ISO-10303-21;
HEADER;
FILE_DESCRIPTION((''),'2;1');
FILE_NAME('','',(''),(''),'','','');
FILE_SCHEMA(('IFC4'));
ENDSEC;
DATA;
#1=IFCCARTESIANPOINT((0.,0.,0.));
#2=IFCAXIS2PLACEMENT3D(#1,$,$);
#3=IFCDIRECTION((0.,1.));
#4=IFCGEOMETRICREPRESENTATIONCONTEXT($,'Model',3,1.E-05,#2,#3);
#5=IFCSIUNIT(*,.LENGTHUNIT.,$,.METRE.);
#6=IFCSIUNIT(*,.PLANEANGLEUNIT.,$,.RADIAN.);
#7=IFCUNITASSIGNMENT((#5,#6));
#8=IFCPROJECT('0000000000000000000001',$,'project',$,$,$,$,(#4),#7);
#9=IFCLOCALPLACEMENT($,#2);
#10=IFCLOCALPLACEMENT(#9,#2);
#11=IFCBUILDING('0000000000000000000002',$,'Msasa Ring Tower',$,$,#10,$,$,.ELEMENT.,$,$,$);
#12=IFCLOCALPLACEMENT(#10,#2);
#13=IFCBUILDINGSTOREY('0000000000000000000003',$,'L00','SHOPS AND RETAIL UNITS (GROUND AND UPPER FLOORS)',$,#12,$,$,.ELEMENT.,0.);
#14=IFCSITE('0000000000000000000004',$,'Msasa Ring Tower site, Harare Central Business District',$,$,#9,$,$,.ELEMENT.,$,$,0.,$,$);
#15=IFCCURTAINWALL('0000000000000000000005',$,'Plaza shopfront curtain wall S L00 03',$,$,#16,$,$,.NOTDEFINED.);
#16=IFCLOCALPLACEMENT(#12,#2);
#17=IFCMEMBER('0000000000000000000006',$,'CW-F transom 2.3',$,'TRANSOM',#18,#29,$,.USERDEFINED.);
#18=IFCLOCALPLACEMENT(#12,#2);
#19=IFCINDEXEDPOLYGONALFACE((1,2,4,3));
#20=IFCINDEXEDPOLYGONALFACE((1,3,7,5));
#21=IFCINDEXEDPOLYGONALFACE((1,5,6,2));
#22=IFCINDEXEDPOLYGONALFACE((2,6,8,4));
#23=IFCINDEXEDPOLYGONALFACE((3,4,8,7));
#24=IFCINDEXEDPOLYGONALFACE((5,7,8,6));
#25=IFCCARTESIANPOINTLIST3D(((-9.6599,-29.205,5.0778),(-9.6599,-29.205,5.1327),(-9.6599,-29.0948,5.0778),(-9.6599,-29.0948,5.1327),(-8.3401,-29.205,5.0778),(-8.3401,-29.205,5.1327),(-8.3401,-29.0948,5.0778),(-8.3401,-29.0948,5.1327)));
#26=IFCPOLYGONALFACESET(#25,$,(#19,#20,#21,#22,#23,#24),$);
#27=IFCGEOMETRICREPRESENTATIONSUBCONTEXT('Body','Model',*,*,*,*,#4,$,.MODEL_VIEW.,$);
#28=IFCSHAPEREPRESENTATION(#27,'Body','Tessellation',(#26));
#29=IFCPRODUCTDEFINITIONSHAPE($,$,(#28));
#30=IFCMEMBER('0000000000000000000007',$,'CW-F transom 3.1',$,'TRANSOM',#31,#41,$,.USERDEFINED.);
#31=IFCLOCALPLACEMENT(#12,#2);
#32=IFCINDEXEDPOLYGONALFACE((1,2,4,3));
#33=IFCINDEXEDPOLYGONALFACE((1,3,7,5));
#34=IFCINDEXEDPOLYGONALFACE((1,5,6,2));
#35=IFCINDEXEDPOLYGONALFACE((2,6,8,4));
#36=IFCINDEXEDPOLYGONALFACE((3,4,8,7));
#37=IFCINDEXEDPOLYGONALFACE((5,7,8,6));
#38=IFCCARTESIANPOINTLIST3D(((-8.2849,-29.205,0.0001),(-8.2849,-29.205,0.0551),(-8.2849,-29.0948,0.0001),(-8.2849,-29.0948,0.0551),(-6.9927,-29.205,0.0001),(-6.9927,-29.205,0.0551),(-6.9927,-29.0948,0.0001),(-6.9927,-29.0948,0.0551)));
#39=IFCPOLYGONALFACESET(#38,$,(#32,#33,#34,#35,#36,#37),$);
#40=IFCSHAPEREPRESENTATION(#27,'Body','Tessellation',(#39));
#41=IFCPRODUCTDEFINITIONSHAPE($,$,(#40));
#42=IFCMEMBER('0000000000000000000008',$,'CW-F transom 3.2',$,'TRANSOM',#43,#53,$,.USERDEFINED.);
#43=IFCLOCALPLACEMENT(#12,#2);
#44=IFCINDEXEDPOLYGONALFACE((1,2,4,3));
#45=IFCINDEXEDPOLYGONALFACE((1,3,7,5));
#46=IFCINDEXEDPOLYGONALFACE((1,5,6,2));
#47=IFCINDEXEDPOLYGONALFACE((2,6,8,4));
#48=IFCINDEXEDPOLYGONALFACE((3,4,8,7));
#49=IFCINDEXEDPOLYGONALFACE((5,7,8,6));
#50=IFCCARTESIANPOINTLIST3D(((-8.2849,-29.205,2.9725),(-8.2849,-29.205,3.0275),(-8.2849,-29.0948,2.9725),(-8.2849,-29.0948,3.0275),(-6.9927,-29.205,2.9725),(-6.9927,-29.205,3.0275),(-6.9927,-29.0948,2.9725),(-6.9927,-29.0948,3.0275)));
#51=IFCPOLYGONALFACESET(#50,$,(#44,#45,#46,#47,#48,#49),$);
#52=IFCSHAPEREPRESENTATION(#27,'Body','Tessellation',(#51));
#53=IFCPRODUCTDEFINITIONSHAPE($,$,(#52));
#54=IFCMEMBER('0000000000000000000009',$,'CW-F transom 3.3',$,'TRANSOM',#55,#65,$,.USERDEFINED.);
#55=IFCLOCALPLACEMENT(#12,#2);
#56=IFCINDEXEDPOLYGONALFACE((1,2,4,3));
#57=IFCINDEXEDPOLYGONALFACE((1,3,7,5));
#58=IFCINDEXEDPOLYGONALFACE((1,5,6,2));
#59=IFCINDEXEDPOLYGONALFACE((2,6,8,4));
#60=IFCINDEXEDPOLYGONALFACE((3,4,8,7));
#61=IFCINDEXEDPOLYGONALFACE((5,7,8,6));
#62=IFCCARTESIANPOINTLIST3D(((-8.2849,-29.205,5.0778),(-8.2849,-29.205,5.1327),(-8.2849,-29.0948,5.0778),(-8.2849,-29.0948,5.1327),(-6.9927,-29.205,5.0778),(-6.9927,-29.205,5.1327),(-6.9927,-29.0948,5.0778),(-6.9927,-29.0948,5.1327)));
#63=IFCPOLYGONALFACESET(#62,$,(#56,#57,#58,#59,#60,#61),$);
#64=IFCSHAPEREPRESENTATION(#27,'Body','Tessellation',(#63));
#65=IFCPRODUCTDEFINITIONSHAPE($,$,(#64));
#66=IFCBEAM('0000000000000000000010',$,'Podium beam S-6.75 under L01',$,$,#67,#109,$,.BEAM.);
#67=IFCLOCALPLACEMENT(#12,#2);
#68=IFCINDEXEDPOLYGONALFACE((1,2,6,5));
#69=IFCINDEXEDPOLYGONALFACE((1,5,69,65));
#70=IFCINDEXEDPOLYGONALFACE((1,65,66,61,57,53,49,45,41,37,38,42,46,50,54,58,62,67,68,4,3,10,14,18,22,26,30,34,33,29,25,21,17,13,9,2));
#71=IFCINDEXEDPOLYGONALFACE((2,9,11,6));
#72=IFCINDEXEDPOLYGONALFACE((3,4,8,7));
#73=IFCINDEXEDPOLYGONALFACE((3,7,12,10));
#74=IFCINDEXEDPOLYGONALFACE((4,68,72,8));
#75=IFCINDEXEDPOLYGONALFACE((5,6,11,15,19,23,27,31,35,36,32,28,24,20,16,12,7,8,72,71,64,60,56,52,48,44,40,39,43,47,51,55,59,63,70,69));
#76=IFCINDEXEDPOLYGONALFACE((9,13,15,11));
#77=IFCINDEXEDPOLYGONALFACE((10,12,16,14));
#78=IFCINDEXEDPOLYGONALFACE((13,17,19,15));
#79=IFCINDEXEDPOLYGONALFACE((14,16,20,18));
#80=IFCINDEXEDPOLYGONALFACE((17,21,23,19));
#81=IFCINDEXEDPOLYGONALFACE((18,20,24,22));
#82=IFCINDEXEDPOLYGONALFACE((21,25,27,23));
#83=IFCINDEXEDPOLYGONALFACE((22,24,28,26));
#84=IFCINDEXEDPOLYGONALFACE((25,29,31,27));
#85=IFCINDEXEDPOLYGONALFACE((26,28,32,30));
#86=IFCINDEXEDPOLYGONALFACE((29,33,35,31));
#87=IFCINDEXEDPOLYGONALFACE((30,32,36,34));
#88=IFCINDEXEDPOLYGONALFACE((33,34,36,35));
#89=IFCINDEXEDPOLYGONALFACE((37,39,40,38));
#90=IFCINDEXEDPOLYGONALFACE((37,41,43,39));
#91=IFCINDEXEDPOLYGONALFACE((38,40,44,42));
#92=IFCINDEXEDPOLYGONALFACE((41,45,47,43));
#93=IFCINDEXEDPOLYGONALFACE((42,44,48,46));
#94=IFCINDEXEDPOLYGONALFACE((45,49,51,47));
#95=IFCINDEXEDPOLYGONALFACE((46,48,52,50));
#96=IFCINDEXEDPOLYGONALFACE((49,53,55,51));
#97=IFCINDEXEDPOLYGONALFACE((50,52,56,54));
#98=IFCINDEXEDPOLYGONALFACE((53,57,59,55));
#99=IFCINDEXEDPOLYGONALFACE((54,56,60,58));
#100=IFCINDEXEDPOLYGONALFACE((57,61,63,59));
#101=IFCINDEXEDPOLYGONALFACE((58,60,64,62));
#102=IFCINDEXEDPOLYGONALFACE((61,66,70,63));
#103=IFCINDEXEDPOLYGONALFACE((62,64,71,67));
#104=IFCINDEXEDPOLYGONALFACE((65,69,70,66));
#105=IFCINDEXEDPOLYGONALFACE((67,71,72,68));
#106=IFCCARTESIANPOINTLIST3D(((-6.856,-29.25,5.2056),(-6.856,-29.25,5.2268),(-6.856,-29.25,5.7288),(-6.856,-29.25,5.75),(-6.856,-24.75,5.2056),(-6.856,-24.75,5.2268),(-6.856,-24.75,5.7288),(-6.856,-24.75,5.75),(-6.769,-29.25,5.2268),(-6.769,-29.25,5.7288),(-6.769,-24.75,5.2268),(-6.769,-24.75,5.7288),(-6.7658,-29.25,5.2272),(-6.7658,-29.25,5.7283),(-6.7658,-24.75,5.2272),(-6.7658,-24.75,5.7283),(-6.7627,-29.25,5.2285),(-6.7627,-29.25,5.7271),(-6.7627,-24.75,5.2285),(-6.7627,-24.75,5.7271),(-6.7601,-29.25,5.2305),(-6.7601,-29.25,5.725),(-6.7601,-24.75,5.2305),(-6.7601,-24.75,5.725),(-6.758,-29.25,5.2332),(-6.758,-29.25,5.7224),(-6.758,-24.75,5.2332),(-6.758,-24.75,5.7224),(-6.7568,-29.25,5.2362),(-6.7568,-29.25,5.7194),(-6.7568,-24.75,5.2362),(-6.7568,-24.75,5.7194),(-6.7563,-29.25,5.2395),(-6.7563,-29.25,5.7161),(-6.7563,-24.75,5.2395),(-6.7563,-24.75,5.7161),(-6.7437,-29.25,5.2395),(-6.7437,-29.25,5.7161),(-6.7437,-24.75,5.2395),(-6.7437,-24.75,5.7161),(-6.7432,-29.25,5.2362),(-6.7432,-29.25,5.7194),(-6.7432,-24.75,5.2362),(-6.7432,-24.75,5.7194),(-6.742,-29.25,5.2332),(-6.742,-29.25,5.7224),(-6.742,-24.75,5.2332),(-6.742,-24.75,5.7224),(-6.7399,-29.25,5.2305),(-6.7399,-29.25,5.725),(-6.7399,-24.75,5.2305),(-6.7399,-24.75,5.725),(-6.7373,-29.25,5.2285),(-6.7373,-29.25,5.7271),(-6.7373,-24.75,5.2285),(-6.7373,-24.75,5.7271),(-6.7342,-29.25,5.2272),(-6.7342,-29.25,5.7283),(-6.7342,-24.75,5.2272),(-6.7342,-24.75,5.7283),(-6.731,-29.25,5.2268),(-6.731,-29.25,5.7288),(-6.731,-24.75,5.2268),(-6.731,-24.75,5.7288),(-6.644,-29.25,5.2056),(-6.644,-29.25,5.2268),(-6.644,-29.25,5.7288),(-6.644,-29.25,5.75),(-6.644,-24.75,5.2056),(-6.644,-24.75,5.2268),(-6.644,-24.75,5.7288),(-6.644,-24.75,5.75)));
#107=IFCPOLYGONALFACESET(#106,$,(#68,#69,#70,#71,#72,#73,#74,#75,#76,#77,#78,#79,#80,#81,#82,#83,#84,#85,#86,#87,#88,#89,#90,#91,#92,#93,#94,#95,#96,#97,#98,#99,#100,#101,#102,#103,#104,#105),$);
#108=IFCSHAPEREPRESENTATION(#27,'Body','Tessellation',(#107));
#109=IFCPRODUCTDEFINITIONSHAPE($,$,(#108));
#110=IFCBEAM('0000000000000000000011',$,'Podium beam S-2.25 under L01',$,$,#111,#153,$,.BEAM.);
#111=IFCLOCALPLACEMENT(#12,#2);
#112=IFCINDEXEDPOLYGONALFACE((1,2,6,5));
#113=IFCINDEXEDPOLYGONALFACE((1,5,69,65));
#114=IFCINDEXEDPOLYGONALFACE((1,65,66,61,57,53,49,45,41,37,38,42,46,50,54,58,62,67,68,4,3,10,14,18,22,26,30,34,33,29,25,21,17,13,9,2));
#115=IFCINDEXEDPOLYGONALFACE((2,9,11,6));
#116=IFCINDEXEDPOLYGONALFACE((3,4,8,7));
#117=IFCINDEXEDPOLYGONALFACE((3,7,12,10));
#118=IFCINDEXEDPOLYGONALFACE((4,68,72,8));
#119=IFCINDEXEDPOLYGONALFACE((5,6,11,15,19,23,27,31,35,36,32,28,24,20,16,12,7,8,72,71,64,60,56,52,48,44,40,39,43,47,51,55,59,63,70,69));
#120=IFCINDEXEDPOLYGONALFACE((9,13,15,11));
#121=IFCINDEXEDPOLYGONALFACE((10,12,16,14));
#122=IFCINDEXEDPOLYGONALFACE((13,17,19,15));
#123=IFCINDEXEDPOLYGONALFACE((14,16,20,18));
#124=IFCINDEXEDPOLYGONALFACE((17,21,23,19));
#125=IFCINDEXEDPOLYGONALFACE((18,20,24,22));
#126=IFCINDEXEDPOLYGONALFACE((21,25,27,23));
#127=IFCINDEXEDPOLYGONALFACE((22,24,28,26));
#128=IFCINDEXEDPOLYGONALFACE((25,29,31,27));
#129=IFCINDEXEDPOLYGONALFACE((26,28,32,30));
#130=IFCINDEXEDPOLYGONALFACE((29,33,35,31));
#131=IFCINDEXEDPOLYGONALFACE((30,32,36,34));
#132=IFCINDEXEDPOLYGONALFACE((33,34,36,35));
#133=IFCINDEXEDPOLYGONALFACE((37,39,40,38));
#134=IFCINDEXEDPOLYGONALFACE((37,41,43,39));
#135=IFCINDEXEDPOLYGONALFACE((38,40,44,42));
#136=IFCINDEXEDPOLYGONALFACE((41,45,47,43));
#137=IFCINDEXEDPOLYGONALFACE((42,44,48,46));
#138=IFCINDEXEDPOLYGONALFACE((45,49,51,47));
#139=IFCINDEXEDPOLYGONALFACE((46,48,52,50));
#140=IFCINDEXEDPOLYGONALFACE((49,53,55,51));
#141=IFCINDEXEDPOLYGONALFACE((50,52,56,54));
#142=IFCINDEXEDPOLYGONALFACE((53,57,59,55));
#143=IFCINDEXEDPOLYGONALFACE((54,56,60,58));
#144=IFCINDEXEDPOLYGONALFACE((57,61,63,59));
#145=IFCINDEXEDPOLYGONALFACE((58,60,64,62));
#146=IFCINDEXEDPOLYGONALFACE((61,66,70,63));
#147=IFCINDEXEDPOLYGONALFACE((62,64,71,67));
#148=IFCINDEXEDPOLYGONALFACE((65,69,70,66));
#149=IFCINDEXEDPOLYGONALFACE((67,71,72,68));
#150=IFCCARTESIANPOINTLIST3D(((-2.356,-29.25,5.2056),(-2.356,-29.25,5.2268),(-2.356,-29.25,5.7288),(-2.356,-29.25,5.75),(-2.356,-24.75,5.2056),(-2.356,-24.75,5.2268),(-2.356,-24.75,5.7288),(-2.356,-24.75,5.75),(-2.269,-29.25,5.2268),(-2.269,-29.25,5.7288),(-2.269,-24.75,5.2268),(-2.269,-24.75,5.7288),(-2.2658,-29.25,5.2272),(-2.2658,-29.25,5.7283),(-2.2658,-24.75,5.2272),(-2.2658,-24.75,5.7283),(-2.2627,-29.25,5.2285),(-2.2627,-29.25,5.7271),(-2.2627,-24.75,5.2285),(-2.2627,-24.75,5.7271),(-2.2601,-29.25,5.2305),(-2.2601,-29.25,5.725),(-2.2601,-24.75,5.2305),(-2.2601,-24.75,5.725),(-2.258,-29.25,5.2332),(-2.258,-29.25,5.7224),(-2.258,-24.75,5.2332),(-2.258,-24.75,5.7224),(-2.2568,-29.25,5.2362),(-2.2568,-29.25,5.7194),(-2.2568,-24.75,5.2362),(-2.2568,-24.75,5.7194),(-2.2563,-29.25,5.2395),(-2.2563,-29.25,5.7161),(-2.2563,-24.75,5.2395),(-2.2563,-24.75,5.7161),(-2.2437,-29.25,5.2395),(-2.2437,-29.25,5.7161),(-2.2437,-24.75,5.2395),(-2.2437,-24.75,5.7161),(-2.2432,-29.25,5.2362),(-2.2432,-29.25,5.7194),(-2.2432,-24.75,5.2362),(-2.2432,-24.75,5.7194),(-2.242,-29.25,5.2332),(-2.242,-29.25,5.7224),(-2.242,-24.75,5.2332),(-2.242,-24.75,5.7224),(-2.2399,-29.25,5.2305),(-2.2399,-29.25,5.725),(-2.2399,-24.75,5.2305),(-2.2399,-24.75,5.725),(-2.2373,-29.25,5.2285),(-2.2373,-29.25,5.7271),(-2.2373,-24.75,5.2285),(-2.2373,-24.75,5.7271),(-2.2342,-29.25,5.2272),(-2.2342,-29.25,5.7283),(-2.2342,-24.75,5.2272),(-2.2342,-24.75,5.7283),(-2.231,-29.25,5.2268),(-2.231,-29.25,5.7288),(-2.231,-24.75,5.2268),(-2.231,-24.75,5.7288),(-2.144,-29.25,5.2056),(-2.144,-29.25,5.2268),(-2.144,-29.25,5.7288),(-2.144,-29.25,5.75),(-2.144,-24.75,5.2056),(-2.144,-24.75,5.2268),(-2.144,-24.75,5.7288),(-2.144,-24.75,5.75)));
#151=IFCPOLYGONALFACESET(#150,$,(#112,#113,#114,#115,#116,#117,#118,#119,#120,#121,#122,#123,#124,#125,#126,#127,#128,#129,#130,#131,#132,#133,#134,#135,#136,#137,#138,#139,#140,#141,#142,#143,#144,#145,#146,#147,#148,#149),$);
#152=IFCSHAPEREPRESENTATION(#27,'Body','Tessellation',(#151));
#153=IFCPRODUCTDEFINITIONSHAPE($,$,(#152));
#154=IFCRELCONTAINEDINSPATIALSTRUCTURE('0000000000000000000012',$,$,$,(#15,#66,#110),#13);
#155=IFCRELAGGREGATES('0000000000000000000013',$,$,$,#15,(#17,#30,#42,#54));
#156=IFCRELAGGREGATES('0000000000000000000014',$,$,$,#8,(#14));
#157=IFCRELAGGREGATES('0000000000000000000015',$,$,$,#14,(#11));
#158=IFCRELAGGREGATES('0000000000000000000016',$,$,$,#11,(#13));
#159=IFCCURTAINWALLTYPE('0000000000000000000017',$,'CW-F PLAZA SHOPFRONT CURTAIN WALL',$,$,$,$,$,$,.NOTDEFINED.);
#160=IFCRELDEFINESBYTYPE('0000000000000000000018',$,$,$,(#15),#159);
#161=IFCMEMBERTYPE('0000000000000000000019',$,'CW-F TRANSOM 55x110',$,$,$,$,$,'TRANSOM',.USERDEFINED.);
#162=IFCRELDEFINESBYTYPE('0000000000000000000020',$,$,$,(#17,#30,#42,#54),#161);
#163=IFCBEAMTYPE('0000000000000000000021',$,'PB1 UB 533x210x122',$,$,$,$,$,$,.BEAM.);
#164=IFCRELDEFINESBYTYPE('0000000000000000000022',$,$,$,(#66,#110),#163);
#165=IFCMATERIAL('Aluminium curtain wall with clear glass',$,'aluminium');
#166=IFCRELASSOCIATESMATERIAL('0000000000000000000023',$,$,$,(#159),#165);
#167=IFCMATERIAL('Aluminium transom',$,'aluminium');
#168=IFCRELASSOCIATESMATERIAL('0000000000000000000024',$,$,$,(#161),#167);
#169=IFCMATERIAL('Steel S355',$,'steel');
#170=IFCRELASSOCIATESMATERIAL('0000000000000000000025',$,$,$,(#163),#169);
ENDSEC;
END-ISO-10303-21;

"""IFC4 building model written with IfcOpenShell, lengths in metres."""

from ifc_helpers import new_model, si_unit, direction, frame, origin, origin_2d, place, context, subcontext, project, spatial, rectangle, i_section, extrude, material, material_profile, profile_set, type_object, element, aggregate, save


model = new_model("IFC4")

# Units and contexts
model_context = context("Model", 3, precision=1e-05, world=origin(), true_north=direction((0.0, 1.0)))
body_context = subcontext(model_context, "Body", "Model", "MODEL_VIEW")
ifc_project = project(units=[si_unit("LENGTHUNIT", "METRE"), si_unit("PLANEANGLEUNIT", "RADIAN")], contexts=[model_context])

# Site, building, storey
site_placement = place(None, origin())
site = spatial("IfcSite", under=ifc_project, at=site_placement, Name="Msasa Ring Tower site, Harare Central Business District", CompositionType="ELEMENT", RefElevation=0.0)
building_placement = place(site_placement, origin())
building = spatial("IfcBuilding", under=site, at=building_placement, Name="Msasa Ring Tower", CompositionType="ELEMENT")
storey_placement = place(building_placement, origin())
storey = spatial("IfcBuildingStorey", under=building, at=storey_placement, Name="L00", Description="SHOPS AND RETAIL UNITS (GROUND AND UPPER FLOORS)", CompositionType="ELEMENT", Elevation=0.0)

# Curtain wall, members
ifc_material_1 = material(Name="Aluminium curtain wall with clear glass", Category="aluminium")
curtain_wall_type = type_object("IfcCurtainWallType", Name="CW-F PLAZA SHOPFRONT CURTAIN WALL", PredefinedType="NOTDEFINED", material=ifc_material_1)
curtain_wall_placement = place(storey_placement, origin())
curtain_wall = element("IfcCurtainWall", 1, at=curtain_wall_placement, inside=storey, type_object=curtain_wall_type, Name="Plaza shopfront curtain wall S L00 03", PredefinedType="NOTDEFINED")
ifc_material_2 = material(Name="Aluminium transom", Category="aluminium")
ifc_material_profile_1 = material_profile(ifc_material_2, rectangle(XDim=0.1101, YDim=0.0549, at=origin_2d()), Name="AL 55x110")
ifc_profile_set_1 = profile_set([ifc_material_profile_1], Name="Aluminium transom")
member_type_1 = type_object("IfcMemberType", Name="CW-F TRANSOM 55x110", ElementType="TRANSOM", PredefinedType="USERDEFINED", material=ifc_profile_set_1)
member_1_placement = place(storey_placement, frame((-9.6599, -29.1499, 5.1052), z_axis=(1.0, 0.0, 0.0), x_axis=(0.0, 1.0, 0.0)))
member_1 = element("IfcMember", 2, at=member_1_placement, type_object=member_type_1, Name="CW-F transom 2.3", ObjectType="TRANSOM", PredefinedType="USERDEFINED", context=body_context, shape_type="SweptSolid", body=[
    extrude(rectangle(XDim=0.1101, YDim=0.0549, at=origin_2d()), origin(), (0.0, 0.0, 1.0), 1.3198),
])
member_2_placement = place(storey_placement, frame((-8.2849, -29.1499, 0.0276), z_axis=(1.0, 0.0, 0.0), x_axis=(0.0, 1.0, 0.0)))
member_2 = element("IfcMember", 3, at=member_2_placement, type_object=member_type_1, Name="CW-F transom 3.1", ObjectType="TRANSOM", PredefinedType="USERDEFINED", context=body_context, shape_type="SweptSolid", body=[
    extrude(rectangle(XDim=0.1101, YDim=0.0549, at=origin_2d()), origin(), (0.0, 0.0, 1.0), 1.2922),
])
member_3_placement = place(storey_placement, frame((-8.2849, -29.1499, 3.0), z_axis=(1.0, 0.0, 0.0), x_axis=(0.0, 1.0, 0.0)))
member_3 = element("IfcMember", 4, at=member_3_placement, type_object=member_type_1, Name="CW-F transom 3.2", ObjectType="TRANSOM", PredefinedType="USERDEFINED", context=body_context, shape_type="SweptSolid", body=[
    extrude(rectangle(XDim=0.1101, YDim=0.0549, at=origin_2d()), origin(), (0.0, 0.0, 1.0), 1.2922),
])
member_4_placement = place(storey_placement, frame((-8.2849, -29.1499, 5.1052), z_axis=(1.0, 0.0, 0.0), x_axis=(0.0, 1.0, 0.0)))
member_4 = element("IfcMember", 5, at=member_4_placement, type_object=member_type_1, Name="CW-F transom 3.3", ObjectType="TRANSOM", PredefinedType="USERDEFINED", context=body_context, shape_type="SweptSolid", body=[
    extrude(rectangle(XDim=0.1101, YDim=0.0549, at=origin_2d()), origin(), (0.0, 0.0, 1.0), 1.2922),
])

# Beams
ifc_material_3 = material(Name="Steel S355", Category="steel")
ifc_material_profile_2 = material_profile(ifc_material_3, i_section(OverallWidth=0.2119, OverallDepth=0.5444, WebThickness=0.0127, FlangeThickness=0.0212, FilletRadius=0.0127, at=origin_2d()), Name="UB 533x210x122")
ifc_profile_set_2 = profile_set([ifc_material_profile_2], Name="Steel S355")
beam_type_1 = type_object("IfcBeamType", Name="PB1 UB 533x210x122", PredefinedType="BEAM", material=ifc_profile_set_2)
for number, where, z_axis, x_axis, name in (
    (6, (-6.75, -29.25, 5.4778), (0.0, 1.0, 0.0), (-1.0, 0.0, 0.0), "Podium beam S-6.75 under L01"),
    (7, (-2.25, -29.25, 5.4778), (0.0, 1.0, 0.0), (-1.0, 0.0, 0.0), "Podium beam S-2.25 under L01"),
):
    element("IfcBeam", number, at=place(storey_placement, frame(where, z_axis=z_axis, x_axis=x_axis)), inside=storey, type_object=beam_type_1, Name=name, PredefinedType="BEAM", context=body_context, shape_type="SweptSolid", body=[
        extrude(i_section(OverallWidth=0.2119, OverallDepth=0.5444, WebThickness=0.0127, FlangeThickness=0.0212, FilletRadius=0.0127, at=origin_2d()), origin(), (0.0, 0.0, 1.0), 4.5),
    ])

aggregate(curtain_wall, [member_1, member_2, member_3, member_4])

save(model, "model.ifc")
